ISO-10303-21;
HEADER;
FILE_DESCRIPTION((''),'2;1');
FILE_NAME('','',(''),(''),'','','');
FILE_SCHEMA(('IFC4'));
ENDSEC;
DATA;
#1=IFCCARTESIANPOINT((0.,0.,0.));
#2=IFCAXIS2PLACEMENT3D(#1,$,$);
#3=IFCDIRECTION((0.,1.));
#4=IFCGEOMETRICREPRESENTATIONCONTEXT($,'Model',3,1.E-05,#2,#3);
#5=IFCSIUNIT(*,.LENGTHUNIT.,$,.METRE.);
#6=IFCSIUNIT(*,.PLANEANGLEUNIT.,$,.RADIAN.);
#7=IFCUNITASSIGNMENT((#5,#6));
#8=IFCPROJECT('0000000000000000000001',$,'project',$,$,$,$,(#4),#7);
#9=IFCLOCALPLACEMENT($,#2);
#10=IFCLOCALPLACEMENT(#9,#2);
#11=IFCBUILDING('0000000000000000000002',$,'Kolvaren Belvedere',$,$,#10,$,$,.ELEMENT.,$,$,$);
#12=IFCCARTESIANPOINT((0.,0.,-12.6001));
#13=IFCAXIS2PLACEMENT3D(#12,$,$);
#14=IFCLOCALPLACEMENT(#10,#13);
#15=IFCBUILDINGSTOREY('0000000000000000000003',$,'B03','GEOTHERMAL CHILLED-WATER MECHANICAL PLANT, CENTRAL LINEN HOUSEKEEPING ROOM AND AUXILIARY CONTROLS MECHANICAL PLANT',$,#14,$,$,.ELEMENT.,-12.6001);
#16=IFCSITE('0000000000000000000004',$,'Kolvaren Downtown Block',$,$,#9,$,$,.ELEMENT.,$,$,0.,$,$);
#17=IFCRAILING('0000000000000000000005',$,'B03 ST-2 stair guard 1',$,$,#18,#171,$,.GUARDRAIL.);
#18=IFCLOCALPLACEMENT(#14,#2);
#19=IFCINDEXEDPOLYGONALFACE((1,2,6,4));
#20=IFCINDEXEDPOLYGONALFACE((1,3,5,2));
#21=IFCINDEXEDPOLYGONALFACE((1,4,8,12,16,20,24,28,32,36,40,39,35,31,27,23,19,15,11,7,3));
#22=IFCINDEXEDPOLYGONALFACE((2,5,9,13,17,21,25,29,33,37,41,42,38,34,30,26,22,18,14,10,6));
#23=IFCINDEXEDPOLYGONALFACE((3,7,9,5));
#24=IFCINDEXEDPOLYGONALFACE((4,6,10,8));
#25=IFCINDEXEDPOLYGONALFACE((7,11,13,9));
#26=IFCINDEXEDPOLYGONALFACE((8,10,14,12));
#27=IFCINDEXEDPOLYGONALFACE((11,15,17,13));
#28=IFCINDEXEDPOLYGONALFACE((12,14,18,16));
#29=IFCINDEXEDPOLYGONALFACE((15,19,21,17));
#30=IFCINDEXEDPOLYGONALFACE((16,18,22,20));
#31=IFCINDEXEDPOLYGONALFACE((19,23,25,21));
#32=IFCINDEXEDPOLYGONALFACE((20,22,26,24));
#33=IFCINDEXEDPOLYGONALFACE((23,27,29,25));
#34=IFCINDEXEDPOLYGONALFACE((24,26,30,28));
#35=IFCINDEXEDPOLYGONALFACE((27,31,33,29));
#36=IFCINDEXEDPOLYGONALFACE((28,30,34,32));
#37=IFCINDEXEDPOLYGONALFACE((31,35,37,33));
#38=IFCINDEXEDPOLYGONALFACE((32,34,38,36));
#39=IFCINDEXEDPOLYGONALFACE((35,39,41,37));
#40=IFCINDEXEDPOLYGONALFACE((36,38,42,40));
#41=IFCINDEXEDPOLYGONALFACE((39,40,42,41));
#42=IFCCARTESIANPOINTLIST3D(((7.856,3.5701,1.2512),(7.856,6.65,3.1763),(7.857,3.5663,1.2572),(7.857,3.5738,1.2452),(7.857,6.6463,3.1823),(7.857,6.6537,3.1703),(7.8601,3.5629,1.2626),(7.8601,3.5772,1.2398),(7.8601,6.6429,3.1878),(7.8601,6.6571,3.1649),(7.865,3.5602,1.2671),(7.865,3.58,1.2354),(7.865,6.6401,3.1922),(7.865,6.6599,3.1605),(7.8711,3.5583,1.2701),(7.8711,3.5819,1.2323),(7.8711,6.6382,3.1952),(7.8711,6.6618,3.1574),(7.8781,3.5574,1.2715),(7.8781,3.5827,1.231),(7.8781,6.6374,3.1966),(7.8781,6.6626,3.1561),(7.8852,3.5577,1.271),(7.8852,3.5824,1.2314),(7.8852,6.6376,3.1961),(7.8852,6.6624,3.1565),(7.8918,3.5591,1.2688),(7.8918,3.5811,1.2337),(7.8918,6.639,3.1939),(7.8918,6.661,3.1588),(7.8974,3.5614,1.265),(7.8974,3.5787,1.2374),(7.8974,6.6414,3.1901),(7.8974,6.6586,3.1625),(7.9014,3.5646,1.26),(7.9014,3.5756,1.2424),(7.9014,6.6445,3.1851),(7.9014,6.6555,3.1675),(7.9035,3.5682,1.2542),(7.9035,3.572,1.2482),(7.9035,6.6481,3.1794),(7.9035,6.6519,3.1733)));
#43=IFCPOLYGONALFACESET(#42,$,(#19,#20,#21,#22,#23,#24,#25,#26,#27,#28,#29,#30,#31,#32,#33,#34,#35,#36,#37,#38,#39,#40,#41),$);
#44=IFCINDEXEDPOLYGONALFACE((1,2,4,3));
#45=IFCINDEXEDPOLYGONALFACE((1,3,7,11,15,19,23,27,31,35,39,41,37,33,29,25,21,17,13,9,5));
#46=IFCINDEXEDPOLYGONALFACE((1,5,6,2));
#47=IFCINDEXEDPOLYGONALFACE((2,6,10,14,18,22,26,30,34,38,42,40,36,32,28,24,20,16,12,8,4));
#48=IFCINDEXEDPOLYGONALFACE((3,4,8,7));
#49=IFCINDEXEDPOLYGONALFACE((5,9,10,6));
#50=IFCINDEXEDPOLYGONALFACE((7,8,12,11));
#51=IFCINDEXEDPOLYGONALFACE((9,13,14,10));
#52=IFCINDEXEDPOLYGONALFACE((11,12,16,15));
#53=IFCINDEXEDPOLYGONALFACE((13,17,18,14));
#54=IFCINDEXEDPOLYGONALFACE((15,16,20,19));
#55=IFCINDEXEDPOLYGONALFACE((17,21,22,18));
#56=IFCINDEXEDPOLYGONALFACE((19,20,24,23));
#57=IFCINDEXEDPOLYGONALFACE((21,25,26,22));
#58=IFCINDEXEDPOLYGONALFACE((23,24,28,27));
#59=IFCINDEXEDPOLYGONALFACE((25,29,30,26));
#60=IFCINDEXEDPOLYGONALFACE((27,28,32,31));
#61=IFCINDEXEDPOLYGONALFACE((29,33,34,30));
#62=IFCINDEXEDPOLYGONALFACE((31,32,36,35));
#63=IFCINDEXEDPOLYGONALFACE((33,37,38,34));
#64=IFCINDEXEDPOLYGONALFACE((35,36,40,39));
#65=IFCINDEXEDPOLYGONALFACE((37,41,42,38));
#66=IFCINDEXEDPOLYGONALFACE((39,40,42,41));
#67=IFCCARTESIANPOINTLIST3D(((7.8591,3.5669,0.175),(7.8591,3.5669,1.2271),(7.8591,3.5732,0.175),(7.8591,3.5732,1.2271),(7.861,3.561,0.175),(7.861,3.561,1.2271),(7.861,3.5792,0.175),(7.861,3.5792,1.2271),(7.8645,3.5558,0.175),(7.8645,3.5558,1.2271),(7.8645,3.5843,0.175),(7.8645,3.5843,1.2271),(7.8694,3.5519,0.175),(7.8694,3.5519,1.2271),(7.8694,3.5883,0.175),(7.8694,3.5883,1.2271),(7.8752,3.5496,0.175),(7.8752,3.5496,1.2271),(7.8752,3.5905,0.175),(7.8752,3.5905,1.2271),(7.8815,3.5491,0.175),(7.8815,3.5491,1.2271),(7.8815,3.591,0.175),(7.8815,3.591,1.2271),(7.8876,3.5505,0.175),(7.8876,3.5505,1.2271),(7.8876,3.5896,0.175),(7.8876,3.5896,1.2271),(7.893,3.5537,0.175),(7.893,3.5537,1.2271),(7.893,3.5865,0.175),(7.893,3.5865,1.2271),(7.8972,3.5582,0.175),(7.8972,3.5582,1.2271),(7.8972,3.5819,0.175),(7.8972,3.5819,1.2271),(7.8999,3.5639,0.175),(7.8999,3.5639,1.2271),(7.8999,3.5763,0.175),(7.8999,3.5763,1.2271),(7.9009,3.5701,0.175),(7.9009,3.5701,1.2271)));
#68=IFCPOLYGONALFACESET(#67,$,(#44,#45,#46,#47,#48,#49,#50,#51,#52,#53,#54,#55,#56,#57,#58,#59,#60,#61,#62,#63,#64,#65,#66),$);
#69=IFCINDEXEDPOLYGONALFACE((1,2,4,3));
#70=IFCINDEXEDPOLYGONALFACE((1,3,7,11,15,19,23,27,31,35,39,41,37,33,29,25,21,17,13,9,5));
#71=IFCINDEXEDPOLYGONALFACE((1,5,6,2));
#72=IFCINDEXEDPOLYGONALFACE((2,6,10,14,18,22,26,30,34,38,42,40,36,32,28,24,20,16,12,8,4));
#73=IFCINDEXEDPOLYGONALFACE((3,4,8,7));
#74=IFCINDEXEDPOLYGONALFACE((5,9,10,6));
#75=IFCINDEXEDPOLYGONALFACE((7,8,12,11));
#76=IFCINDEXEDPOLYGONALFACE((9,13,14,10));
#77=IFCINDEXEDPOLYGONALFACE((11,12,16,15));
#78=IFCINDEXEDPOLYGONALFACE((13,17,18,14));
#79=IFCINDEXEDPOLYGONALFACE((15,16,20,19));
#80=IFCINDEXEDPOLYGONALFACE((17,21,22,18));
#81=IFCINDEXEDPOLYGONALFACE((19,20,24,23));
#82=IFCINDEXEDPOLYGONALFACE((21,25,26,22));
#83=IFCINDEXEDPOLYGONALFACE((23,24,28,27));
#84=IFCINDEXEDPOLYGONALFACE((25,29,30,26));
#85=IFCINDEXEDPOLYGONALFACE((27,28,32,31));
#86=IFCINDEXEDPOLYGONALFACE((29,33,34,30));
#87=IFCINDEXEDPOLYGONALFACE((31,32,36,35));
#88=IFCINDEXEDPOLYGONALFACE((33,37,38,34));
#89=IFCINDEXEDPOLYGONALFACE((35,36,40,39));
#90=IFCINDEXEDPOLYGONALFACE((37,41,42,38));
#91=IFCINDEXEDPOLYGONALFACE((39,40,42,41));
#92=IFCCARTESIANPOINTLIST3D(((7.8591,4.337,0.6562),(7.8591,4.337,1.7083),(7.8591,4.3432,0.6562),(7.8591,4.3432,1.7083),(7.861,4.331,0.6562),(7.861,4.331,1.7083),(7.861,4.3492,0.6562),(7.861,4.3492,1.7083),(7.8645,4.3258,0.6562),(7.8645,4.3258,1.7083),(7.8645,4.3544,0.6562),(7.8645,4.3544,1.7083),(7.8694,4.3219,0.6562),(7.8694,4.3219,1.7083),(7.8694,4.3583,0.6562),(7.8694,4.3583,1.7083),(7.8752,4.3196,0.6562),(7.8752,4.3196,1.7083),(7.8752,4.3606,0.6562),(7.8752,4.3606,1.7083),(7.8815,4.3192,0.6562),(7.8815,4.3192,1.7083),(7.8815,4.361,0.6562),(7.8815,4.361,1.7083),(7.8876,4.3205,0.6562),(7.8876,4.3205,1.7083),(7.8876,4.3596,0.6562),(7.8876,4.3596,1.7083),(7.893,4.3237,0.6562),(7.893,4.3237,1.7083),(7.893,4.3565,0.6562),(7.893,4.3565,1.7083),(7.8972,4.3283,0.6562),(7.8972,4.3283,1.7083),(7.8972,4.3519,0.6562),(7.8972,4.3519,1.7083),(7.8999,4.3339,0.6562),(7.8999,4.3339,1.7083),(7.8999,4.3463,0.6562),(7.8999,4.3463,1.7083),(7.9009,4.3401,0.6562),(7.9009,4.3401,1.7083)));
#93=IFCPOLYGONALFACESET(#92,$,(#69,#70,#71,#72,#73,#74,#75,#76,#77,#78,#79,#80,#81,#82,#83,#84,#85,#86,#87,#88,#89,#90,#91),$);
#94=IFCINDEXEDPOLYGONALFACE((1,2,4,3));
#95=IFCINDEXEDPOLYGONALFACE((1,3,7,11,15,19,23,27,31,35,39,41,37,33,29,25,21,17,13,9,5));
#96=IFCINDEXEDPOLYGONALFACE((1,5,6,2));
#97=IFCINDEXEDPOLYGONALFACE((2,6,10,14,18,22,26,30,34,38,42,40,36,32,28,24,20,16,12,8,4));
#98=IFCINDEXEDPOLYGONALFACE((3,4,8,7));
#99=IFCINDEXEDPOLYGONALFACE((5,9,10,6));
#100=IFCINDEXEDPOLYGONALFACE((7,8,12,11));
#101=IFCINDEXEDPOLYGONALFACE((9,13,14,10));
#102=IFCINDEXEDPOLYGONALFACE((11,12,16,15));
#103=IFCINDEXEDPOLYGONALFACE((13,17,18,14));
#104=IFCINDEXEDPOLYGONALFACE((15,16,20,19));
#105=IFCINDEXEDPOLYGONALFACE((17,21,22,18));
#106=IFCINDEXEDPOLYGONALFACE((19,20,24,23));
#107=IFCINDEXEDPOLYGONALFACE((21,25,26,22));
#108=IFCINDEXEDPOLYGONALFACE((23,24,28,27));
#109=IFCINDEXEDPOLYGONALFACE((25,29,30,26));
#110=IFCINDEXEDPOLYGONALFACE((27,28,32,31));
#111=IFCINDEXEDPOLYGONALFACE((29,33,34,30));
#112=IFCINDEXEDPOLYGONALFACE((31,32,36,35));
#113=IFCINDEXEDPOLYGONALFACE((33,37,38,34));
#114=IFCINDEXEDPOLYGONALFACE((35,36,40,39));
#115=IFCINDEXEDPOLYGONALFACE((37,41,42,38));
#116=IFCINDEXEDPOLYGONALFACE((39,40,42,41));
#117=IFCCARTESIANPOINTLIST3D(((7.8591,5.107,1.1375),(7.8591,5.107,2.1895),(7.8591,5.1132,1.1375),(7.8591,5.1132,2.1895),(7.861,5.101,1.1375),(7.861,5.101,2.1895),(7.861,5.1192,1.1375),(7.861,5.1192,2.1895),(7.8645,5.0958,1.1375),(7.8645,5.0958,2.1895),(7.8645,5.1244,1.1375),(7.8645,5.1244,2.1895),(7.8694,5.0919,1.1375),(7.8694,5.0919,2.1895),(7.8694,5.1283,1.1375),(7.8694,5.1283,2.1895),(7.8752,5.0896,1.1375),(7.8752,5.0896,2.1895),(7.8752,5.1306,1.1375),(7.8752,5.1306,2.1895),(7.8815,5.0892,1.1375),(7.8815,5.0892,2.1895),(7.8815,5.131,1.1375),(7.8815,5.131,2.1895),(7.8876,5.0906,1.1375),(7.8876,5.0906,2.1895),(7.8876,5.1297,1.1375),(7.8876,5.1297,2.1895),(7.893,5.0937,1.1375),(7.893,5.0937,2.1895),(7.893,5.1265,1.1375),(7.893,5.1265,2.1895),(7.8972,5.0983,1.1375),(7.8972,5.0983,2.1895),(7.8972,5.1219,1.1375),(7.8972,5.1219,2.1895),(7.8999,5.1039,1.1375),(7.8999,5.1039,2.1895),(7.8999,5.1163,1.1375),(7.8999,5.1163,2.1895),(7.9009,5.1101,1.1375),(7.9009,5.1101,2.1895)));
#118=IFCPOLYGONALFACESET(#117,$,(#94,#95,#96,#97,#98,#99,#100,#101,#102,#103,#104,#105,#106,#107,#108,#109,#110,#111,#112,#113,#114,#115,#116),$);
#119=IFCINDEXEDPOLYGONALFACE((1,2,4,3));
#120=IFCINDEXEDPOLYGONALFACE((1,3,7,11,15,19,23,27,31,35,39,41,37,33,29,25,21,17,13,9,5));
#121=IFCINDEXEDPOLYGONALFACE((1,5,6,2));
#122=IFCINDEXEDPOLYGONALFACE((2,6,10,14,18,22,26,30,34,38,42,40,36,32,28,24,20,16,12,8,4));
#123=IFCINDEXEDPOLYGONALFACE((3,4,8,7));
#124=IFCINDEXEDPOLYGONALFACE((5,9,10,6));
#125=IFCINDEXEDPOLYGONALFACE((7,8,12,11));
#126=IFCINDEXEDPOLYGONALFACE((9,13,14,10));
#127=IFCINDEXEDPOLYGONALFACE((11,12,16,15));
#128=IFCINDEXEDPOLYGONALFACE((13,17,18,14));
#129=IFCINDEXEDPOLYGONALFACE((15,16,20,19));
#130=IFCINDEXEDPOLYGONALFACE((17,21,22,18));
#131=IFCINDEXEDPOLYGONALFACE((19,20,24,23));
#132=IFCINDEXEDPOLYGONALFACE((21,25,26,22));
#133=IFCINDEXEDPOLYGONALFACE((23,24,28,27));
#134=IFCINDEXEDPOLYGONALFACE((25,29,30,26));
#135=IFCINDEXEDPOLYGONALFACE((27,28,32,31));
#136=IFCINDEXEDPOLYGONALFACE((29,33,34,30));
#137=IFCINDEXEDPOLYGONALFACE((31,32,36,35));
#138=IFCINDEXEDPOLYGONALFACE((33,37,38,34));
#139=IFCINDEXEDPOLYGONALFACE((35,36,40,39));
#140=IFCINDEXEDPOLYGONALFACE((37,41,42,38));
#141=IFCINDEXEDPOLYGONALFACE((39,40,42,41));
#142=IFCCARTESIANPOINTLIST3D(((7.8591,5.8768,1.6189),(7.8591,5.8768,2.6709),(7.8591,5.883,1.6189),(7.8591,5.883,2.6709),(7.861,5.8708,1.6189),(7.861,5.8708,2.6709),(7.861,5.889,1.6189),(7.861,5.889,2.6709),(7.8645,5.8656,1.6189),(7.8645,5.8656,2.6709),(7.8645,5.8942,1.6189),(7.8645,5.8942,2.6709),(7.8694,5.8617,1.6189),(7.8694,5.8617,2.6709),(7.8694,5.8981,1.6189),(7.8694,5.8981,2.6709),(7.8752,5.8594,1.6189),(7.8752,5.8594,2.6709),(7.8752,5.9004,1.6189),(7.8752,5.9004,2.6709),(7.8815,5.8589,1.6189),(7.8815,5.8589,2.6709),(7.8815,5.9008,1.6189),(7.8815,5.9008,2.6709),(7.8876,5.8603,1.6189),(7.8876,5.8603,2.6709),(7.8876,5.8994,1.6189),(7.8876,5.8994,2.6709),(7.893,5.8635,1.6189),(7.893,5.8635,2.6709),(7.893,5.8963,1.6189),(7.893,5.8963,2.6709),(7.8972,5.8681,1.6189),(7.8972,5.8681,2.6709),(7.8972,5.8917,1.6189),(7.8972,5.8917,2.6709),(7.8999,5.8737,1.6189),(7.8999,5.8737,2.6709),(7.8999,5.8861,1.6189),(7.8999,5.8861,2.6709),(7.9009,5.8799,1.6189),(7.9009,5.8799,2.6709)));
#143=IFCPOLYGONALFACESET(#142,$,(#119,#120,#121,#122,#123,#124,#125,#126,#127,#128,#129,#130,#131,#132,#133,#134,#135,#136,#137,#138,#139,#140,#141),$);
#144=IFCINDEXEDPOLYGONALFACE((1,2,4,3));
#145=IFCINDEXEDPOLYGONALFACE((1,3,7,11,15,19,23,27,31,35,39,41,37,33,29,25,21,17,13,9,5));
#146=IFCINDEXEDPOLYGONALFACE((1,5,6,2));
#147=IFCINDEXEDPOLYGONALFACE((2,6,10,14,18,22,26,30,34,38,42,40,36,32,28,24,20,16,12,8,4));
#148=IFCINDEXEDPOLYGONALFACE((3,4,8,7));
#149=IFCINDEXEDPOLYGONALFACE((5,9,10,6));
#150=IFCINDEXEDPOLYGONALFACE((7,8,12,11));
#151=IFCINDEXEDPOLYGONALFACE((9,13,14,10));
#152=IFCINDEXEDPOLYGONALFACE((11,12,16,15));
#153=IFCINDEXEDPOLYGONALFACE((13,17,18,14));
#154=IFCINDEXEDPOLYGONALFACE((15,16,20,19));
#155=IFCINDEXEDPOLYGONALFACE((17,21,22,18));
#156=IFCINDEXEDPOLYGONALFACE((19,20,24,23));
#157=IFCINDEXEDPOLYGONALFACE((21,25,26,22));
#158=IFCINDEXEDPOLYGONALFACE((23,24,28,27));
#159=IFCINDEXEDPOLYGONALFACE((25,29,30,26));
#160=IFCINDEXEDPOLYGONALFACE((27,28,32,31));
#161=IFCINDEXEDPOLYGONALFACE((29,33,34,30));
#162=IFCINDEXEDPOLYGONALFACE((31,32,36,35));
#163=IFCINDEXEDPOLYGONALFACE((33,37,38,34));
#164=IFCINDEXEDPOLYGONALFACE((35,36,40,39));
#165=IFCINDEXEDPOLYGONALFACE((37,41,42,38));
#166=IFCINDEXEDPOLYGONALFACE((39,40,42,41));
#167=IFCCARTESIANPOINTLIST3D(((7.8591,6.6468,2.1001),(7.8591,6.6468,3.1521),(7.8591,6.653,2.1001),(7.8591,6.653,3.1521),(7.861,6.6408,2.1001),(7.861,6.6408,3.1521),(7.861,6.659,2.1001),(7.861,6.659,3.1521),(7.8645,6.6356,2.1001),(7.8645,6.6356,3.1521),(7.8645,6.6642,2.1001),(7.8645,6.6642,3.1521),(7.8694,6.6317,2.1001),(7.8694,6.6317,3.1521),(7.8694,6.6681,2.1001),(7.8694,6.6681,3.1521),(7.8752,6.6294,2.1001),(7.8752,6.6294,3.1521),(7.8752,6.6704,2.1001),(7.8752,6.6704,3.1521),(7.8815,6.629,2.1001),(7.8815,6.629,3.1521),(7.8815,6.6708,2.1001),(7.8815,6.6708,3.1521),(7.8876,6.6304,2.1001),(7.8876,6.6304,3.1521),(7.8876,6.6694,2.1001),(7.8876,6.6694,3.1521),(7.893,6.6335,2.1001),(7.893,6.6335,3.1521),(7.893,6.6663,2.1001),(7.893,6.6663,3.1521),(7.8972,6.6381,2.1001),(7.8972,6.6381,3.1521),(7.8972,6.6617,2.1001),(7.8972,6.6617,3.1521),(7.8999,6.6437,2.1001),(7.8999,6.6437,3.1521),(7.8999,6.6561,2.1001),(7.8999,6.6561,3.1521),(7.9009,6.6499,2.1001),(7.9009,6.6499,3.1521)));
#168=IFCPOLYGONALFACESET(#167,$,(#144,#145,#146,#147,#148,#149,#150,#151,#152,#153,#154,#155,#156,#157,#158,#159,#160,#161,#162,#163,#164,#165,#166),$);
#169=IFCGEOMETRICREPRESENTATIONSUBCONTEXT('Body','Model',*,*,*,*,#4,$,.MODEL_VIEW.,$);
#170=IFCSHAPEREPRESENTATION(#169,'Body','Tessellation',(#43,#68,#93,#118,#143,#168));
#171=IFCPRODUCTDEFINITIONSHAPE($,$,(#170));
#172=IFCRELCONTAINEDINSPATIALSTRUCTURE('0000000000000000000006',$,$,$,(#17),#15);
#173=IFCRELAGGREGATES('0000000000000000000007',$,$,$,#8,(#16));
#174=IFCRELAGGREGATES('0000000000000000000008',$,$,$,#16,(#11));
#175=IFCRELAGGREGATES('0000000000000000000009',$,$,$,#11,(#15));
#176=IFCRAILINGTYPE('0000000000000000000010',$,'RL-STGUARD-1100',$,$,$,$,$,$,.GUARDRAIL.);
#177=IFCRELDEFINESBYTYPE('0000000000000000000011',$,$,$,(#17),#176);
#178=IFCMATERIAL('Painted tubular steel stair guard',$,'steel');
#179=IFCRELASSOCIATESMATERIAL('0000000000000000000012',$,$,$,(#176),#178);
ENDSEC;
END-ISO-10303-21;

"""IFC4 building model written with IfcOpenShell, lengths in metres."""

from ifc_helpers import new_model, si_unit, direction, frame, origin, origin_2d, place, context, subcontext, project, spatial, circle, extrude, material, type_object, element, save


model = new_model("IFC4")

# Units and contexts
model_context = context("Model", 3, precision=1e-05, world=origin(), true_north=direction((0.0, 1.0)))
body_context = subcontext(model_context, "Body", "Model", "MODEL_VIEW")
ifc_project = project(units=[si_unit("LENGTHUNIT", "METRE"), si_unit("PLANEANGLEUNIT", "RADIAN")], contexts=[model_context])

# Site, building, storey
site_placement = place(None, origin())
site = spatial("IfcSite", under=ifc_project, at=site_placement, Name="Kolvaren Downtown Block", CompositionType="ELEMENT", RefElevation=0.0)
building_placement = place(site_placement, origin())
building = spatial("IfcBuilding", under=site, at=building_placement, Name="Kolvaren Belvedere", CompositionType="ELEMENT")
storey_placement = place(building_placement, frame((0.0, 0.0, -12.6001)))
storey = spatial("IfcBuildingStorey", under=building, at=storey_placement, Name="B03", Description="GEOTHERMAL CHILLED-WATER MECHANICAL PLANT, CENTRAL LINEN HOUSEKEEPING ROOM AND AUXILIARY CONTROLS MECHANICAL PLANT", CompositionType="ELEMENT", Elevation=-12.6001)

# Railing
ifc_material_1 = material(Name="Painted tubular steel stair guard", Category="steel")
railing_type_1 = type_object("IfcRailingType", Name="RL-STGUARD-1100", PredefinedType="GUARDRAIL", material=ifc_material_1)
railing_1_placement = place(storey_placement, frame((7.8799, 3.5701, 0.175)))
element("IfcRailing", 1, at=railing_1_placement, inside=storey, type_object=railing_type_1, Name="B03 ST-2 stair guard 1", PredefinedType="GUARDRAIL", context=body_context, shape_type="SweptSolid", body=[
    extrude(circle(Radius=0.0239, at=origin_2d()), frame((0.0, 0.0, 1.0762), z_axis=(0.0, 0.847979, 0.530029), x_axis=(-1.0, 0.0, 0.0)), (0.0, 0.0, 1.0), 3.6321),
    extrude(circle(Radius=0.021, at=origin_2d()), origin(), (0.0, 0.0, 1.0), 1.052),
    extrude(circle(Radius=0.021, at=origin_2d()), frame((0.0, 0.77, 0.4812)), (0.0, 0.0, 1.0), 1.052),
    extrude(circle(Radius=0.021, at=origin_2d()), frame((0.0, 1.54, 0.9624)), (0.0, 0.0, 1.0), 1.052),
    extrude(circle(Radius=0.021, at=origin_2d()), frame((0.0, 2.3098, 1.4438)), (0.0, 0.0, 1.0), 1.052),
    extrude(circle(Radius=0.021, at=origin_2d()), frame((0.0, 3.0798, 1.925)), (0.0, 0.0, 1.0), 1.052),
])

save(model, "model.ifc")
